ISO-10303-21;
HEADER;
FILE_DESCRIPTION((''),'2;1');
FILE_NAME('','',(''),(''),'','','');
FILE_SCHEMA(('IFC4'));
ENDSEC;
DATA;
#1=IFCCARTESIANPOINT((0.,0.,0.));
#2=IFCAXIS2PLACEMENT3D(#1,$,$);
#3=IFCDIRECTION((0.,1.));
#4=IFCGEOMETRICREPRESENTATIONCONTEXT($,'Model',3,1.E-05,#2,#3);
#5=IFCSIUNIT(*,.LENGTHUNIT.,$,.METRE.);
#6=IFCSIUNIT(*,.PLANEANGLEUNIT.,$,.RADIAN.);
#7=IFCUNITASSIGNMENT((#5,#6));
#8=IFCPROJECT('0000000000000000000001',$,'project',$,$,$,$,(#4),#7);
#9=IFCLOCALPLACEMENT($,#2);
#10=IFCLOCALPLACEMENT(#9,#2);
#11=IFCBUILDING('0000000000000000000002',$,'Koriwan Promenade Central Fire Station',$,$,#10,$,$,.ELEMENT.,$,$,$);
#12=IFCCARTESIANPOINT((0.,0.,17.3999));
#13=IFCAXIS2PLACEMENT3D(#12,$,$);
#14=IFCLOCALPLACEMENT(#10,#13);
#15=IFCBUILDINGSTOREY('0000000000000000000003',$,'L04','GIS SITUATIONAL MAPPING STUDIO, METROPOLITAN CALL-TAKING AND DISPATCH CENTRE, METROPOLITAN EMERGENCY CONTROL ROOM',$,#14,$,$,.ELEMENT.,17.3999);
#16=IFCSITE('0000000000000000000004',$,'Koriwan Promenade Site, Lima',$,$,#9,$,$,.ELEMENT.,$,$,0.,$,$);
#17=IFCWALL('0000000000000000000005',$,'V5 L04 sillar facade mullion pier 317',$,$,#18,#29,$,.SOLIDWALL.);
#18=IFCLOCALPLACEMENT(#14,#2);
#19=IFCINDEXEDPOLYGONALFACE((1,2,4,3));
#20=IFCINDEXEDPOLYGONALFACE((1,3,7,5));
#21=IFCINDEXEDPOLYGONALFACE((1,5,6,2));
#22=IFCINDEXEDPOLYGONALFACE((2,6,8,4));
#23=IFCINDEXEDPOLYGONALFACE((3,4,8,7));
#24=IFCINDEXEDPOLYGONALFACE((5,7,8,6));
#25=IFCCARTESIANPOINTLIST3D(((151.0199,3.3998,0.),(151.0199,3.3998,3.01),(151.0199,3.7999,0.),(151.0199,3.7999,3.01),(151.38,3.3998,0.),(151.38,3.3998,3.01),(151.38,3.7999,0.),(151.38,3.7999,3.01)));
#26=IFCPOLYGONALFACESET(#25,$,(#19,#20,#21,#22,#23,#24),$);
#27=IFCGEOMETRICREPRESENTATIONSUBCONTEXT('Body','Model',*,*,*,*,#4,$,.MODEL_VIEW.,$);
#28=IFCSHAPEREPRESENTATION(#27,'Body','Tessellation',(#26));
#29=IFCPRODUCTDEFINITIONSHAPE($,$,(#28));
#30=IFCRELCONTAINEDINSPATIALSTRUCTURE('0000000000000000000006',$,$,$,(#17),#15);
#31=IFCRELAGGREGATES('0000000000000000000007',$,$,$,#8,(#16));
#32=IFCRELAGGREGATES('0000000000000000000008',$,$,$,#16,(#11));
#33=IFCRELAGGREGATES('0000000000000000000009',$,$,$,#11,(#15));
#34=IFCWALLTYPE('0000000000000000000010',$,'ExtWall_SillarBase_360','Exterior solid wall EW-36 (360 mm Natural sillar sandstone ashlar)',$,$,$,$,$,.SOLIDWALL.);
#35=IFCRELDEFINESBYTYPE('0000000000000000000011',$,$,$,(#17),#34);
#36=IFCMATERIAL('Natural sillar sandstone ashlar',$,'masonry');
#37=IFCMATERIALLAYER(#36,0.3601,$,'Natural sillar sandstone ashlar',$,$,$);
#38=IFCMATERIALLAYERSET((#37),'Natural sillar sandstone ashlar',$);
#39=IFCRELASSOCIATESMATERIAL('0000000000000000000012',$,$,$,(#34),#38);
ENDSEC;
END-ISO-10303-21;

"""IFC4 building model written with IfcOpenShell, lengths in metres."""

from ifc_helpers import new_model, si_unit, direction, frame, frame_2d, origin, place, context, subcontext, project, spatial, rectangle, extrude, material, layer, layer_set, type_object, element, save


model = new_model("IFC4")

# Units and contexts
model_context = context("Model", 3, precision=1e-05, world=origin(), true_north=direction((0.0, 1.0)))
body_context = subcontext(model_context, "Body", "Model", "MODEL_VIEW")
ifc_project = project(units=[si_unit("LENGTHUNIT", "METRE"), si_unit("PLANEANGLEUNIT", "RADIAN")], contexts=[model_context])

# Site, building, storey
site_placement = place(None, origin())
site = spatial("IfcSite", under=ifc_project, at=site_placement, Name="Koriwan Promenade Site, Lima", CompositionType="ELEMENT", RefElevation=0.0)
building_placement = place(site_placement, origin())
building = spatial("IfcBuilding", under=site, at=building_placement, Name="Koriwan Promenade Central Fire Station", CompositionType="ELEMENT")
storey_placement = place(building_placement, frame((0.0, 0.0, 17.3999)))
storey = spatial("IfcBuildingStorey", under=building, at=storey_placement, Name="L04", Description="GIS SITUATIONAL MAPPING STUDIO, METROPOLITAN CALL-TAKING AND DISPATCH CENTRE, METROPOLITAN EMERGENCY CONTROL ROOM", CompositionType="ELEMENT", Elevation=17.3999)

# Wall
ifc_material_1 = material(Name="Natural sillar sandstone ashlar", Category="masonry")
ifc_layer_1 = layer(ifc_material_1, 0.3601, Name="Natural sillar sandstone ashlar")
ifc_layer_set_1 = layer_set([ifc_layer_1], Name="Natural sillar sandstone ashlar")
wall_type = type_object("IfcWallType", Name="ExtWall_SillarBase_360", Description="Exterior solid wall EW-36 (360 mm Natural sillar sandstone ashlar)", PredefinedType="SOLIDWALL", material=ifc_layer_set_1)
wall_placement = place(storey_placement, frame((151.2, 3.8, 0.0), z_axis=(0.0, 0.0, 1.0), x_axis=(0.0, -1.0, 0.0)))
element("IfcWall", 1, at=wall_placement, inside=storey, type_object=wall_type, Name="V5 L04 sillar facade mullion pier 317", PredefinedType="SOLIDWALL", context=body_context, shape_type="SweptSolid", body=[
    extrude(rectangle(XDim=0.4001, YDim=0.3601, at=frame_2d((0.2002, 0.0))), origin(), (0.0, 0.0, 1.0), 3.01),
])

save(model, "model.ifc")
